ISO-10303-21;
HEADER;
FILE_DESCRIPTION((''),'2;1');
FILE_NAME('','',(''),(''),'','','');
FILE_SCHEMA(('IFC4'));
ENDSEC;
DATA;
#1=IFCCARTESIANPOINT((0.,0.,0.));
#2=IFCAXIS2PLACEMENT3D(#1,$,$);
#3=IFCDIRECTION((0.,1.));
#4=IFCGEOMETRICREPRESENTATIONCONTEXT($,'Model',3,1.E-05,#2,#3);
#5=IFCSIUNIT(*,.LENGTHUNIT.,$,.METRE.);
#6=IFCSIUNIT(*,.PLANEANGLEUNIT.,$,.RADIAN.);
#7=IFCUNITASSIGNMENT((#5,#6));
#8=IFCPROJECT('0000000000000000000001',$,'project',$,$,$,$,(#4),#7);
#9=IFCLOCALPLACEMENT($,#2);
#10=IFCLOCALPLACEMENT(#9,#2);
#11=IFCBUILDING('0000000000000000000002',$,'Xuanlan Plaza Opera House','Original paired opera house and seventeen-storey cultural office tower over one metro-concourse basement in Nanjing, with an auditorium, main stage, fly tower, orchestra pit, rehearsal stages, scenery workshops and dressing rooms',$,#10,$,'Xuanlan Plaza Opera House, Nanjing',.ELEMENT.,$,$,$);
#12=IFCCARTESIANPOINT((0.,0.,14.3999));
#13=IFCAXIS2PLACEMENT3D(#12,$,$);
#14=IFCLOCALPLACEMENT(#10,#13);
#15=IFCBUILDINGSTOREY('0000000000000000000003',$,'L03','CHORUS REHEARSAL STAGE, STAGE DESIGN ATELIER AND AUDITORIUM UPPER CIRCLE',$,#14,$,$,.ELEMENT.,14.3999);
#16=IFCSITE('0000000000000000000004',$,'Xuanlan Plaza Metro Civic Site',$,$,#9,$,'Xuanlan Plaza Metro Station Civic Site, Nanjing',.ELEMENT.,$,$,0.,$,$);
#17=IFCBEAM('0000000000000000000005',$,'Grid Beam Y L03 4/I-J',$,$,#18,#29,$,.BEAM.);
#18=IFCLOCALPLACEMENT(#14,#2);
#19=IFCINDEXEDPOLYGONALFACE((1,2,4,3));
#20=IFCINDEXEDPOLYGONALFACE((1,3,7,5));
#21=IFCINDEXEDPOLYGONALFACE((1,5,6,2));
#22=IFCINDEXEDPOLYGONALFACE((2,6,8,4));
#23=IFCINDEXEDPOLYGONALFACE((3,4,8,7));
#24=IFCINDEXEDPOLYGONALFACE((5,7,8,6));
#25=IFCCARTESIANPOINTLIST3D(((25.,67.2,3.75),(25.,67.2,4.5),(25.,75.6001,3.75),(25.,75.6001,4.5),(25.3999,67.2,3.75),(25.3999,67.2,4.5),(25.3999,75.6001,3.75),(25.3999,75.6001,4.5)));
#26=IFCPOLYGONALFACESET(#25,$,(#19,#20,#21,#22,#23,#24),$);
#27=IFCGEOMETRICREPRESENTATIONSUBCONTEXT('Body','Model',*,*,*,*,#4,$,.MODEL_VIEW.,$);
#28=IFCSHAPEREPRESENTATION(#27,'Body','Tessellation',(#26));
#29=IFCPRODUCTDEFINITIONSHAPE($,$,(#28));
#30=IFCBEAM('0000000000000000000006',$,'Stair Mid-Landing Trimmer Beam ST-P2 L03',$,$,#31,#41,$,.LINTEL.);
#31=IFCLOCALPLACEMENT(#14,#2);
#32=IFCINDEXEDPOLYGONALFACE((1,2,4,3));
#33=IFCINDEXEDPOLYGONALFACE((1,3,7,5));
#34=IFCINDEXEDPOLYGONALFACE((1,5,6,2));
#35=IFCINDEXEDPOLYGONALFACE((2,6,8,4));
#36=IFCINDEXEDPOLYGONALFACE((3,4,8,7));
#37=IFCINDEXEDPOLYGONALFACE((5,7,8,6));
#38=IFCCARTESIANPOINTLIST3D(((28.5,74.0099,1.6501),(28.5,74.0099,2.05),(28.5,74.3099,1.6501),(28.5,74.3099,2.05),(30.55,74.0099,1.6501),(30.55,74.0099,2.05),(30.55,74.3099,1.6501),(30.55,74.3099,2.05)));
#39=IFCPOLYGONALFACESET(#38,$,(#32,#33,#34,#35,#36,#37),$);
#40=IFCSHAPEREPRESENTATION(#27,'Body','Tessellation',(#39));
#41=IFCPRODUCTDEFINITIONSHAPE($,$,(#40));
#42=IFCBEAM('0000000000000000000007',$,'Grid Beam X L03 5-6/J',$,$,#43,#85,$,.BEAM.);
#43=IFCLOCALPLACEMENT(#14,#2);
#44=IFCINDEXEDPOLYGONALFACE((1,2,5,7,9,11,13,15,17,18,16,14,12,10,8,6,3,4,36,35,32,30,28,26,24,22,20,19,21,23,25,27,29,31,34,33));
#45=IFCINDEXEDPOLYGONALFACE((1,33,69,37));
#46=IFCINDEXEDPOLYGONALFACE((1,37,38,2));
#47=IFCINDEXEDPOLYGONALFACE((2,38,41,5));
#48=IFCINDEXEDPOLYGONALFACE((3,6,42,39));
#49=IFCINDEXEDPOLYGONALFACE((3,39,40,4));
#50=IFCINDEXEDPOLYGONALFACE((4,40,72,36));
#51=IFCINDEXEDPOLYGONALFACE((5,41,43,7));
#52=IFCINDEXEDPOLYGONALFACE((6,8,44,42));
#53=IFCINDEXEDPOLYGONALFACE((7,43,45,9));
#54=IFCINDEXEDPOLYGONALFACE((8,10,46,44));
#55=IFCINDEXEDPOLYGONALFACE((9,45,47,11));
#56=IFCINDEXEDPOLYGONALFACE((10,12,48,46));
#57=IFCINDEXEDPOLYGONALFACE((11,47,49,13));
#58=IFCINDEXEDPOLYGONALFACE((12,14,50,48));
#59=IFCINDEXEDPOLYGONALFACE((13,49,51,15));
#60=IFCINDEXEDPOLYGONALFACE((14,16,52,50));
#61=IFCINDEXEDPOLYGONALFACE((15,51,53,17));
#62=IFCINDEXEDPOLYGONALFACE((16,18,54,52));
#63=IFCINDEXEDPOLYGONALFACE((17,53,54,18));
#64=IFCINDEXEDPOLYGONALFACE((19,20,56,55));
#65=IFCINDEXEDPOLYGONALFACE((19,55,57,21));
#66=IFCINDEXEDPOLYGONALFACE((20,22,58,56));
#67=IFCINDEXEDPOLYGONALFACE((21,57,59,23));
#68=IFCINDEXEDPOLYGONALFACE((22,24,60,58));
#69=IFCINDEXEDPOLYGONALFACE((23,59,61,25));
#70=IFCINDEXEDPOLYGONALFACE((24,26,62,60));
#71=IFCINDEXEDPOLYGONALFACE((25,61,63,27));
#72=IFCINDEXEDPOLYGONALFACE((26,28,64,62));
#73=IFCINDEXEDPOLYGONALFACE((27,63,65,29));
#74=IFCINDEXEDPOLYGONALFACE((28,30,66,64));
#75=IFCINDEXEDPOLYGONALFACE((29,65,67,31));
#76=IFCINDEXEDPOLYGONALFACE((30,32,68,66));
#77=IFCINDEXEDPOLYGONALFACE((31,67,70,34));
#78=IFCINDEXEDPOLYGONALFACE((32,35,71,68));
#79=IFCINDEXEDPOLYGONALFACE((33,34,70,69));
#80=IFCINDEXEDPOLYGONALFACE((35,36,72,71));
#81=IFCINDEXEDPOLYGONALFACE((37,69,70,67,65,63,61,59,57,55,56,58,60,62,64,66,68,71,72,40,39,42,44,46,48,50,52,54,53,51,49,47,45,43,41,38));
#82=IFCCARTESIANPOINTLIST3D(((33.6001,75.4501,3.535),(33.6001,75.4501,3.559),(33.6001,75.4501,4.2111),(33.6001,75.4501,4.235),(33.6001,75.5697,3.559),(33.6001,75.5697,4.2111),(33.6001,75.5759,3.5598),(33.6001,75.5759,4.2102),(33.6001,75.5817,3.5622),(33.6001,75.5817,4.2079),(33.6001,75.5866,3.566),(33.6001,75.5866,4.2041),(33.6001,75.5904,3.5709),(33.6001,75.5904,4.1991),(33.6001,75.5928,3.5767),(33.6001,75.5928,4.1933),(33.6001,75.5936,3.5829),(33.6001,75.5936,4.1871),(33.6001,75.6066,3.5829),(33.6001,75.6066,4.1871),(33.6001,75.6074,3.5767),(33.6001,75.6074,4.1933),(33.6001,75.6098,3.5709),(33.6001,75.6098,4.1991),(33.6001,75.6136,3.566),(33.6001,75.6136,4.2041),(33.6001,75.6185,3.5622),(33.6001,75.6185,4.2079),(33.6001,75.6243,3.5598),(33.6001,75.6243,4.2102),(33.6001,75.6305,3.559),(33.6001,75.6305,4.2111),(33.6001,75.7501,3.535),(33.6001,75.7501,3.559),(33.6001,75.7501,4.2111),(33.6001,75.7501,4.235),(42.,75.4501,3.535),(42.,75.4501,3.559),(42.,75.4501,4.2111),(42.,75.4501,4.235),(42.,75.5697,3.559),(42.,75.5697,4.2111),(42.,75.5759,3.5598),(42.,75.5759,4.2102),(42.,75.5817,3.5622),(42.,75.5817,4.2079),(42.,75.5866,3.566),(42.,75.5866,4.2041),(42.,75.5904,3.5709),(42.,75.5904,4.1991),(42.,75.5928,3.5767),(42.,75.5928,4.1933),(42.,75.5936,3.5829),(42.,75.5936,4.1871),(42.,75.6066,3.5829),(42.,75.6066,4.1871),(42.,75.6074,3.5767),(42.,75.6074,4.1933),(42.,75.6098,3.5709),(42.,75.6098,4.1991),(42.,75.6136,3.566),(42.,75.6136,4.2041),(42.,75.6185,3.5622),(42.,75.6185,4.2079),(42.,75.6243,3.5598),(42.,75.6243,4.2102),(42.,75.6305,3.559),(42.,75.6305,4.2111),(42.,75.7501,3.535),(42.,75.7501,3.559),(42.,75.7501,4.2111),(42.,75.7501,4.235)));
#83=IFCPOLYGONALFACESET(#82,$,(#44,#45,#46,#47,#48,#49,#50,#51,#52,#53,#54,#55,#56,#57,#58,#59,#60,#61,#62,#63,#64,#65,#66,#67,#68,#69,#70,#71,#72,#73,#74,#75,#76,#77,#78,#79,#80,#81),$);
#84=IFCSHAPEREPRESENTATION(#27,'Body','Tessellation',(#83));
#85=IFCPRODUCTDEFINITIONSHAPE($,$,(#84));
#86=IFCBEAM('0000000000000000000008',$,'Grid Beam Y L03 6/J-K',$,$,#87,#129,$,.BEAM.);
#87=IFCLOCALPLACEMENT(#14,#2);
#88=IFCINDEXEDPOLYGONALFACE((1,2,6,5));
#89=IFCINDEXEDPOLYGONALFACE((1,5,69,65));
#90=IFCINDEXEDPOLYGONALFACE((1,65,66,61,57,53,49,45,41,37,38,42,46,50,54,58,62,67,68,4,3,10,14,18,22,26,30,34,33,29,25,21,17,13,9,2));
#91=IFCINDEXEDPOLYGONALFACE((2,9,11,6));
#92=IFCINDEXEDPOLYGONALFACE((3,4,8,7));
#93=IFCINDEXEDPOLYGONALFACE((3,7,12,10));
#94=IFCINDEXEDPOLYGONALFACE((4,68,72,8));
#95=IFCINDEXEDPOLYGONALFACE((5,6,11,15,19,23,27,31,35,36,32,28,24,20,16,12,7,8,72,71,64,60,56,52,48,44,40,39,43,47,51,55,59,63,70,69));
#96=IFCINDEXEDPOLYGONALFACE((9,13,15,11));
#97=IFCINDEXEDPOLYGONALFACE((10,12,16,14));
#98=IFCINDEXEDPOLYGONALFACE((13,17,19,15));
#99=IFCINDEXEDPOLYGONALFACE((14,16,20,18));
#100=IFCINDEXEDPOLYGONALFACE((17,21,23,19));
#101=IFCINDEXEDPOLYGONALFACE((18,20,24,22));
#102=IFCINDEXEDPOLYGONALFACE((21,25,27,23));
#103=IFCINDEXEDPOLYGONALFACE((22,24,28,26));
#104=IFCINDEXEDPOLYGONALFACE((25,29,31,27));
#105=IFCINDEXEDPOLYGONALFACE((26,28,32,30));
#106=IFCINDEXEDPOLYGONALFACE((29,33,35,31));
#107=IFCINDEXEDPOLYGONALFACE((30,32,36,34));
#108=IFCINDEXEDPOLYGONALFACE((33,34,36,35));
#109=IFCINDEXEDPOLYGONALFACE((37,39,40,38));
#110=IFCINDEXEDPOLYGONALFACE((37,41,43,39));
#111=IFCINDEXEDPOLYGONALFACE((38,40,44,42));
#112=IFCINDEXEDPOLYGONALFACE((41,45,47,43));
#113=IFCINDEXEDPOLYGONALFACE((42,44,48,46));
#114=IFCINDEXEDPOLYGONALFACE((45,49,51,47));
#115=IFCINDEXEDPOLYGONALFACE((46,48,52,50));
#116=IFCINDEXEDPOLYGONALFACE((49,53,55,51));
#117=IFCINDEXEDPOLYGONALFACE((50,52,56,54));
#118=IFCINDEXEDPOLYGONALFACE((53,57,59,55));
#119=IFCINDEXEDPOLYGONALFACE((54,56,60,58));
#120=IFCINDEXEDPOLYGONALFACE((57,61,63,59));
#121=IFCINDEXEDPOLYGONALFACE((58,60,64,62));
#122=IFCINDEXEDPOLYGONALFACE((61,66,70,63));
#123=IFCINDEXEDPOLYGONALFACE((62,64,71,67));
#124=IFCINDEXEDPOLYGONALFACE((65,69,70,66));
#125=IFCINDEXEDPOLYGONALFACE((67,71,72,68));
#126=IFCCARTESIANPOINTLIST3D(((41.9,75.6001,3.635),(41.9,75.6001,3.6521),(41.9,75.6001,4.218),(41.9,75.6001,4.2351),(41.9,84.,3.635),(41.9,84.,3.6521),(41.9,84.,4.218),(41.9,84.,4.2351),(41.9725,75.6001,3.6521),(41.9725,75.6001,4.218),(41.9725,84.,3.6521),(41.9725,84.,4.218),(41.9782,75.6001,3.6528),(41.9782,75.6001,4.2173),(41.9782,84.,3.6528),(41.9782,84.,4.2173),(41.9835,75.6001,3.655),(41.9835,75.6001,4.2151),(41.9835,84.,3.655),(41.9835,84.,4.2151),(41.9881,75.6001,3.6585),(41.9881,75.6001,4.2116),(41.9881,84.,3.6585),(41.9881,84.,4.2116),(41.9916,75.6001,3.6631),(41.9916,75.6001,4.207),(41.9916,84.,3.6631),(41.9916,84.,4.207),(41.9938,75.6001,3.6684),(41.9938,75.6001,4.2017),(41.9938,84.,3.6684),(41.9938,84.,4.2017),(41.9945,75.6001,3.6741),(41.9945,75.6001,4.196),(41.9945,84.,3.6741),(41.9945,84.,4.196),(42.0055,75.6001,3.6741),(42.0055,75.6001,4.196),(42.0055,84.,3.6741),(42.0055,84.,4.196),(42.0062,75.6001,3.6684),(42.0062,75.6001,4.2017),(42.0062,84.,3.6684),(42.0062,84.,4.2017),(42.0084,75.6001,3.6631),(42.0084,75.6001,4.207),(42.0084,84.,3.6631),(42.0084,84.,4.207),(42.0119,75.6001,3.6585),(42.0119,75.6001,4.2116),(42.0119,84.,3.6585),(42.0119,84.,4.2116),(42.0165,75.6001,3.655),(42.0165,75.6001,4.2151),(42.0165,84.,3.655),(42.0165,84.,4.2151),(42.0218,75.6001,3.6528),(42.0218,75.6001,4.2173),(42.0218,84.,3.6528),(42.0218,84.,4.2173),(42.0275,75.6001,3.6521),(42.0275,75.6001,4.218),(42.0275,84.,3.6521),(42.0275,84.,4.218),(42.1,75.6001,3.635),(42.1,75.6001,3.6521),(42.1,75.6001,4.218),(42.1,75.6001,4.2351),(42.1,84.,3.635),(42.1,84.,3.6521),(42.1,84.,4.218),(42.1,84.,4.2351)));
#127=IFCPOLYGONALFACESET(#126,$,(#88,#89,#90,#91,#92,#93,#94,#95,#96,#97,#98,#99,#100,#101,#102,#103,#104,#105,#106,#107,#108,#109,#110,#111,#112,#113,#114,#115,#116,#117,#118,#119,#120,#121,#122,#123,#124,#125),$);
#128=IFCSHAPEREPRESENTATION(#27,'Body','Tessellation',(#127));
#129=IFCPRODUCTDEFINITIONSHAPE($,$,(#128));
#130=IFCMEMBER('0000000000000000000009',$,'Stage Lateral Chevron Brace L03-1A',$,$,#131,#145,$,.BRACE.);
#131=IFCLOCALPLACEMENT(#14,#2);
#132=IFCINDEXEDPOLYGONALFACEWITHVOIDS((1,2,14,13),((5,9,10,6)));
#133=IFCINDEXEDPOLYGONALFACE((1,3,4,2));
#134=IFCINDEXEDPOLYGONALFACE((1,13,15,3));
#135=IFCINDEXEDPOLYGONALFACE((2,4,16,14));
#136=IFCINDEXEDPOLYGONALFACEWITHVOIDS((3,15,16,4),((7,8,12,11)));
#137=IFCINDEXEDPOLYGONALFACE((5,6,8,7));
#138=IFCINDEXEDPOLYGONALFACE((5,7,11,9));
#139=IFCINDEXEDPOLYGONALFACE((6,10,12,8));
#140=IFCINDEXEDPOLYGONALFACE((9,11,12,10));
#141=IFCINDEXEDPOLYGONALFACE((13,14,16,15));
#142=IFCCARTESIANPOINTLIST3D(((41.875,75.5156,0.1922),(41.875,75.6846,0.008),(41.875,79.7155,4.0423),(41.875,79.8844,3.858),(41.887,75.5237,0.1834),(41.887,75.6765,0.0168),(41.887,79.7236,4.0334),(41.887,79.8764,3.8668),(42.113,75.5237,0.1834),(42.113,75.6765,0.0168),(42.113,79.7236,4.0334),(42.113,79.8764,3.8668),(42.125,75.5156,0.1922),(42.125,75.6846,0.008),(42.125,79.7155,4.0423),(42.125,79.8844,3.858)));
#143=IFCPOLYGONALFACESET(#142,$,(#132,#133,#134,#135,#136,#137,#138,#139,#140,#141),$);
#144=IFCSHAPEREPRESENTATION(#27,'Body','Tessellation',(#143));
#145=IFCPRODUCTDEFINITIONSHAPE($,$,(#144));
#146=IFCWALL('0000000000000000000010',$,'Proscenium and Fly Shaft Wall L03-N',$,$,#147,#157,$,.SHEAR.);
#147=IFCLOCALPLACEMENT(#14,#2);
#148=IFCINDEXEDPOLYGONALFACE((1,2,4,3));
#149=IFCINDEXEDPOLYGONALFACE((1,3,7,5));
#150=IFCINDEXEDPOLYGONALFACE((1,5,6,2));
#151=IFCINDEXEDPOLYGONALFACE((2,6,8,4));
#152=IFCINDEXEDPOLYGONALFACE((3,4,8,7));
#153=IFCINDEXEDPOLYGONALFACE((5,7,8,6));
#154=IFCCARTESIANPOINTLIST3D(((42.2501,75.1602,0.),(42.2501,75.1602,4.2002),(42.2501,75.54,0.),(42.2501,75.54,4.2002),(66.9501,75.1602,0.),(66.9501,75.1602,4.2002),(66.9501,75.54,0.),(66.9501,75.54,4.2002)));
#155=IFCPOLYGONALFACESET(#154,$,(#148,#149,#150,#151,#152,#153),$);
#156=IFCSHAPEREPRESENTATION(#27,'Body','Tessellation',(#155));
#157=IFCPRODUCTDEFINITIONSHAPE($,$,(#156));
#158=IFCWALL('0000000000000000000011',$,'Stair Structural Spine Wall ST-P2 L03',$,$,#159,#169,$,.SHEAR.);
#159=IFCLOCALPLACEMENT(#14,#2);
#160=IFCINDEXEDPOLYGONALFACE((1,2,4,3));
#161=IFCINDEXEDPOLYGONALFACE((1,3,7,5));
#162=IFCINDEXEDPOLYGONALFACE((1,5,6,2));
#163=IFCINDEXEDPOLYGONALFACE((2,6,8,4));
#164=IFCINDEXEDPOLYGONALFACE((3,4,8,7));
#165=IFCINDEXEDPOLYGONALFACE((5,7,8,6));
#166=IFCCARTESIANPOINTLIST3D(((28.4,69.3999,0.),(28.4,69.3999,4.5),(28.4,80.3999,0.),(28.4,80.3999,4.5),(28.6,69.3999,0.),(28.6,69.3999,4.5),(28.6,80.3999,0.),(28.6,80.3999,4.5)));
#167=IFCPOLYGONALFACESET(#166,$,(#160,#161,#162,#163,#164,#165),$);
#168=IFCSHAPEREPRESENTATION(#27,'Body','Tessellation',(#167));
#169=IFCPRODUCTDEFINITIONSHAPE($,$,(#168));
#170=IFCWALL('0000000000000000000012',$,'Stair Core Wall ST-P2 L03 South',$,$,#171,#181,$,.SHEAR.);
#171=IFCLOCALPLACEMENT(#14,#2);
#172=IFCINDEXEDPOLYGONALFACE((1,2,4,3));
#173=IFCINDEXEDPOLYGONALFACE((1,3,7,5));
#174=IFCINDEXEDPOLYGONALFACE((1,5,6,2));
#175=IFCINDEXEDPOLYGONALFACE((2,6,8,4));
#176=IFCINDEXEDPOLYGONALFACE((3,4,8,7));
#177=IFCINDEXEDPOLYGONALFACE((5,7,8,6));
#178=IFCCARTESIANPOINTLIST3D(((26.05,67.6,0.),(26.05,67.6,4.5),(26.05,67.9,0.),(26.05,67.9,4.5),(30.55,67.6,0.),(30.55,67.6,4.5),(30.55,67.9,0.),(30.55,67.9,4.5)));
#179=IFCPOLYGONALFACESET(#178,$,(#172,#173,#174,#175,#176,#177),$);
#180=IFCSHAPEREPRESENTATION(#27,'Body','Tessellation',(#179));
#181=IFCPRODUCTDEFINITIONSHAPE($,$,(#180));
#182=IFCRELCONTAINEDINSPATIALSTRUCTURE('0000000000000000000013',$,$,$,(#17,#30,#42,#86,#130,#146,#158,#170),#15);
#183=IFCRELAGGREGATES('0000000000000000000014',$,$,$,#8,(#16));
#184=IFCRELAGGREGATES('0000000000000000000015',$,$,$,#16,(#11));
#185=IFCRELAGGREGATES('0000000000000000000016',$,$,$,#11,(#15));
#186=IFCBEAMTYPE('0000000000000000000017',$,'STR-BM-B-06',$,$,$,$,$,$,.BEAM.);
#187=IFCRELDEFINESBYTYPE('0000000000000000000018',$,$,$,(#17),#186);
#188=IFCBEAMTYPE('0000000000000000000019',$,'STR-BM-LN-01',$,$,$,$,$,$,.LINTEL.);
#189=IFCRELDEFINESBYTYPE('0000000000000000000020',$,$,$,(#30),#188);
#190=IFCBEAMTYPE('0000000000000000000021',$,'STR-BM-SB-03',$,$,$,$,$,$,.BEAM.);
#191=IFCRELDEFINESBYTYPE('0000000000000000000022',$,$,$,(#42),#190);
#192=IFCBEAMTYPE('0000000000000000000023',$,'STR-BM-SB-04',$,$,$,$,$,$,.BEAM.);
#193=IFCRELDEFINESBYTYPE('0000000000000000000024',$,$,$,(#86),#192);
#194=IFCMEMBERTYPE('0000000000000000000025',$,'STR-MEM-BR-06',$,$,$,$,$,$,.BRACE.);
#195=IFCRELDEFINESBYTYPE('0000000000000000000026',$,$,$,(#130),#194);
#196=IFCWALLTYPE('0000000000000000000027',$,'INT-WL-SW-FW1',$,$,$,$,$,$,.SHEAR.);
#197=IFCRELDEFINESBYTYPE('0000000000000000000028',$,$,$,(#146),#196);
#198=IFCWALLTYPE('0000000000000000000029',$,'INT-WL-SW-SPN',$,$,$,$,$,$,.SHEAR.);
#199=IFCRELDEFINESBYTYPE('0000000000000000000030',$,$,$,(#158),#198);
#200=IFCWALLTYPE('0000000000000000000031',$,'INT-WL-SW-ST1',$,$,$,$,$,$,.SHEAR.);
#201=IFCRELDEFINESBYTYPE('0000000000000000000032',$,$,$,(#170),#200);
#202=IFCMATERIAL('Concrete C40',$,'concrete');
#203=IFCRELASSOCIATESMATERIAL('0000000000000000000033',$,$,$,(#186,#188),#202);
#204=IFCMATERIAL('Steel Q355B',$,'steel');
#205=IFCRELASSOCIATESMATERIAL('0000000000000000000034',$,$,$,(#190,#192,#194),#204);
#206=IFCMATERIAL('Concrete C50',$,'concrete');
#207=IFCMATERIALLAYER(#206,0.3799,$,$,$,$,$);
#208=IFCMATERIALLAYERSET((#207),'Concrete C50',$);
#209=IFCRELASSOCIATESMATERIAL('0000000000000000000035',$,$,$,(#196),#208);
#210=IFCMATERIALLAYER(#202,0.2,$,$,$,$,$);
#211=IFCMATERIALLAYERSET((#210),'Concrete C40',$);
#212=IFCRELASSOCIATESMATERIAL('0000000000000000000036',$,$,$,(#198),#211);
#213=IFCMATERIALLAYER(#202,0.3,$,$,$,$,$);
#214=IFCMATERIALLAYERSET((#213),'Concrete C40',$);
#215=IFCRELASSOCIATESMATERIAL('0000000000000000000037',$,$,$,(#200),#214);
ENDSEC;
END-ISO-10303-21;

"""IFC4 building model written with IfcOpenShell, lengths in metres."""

from ifc_helpers import new_model, si_unit, direction, frame, frame_2d, origin, origin_2d, place, context, subcontext, project, spatial, rectangle, hollow_rectangle, i_section, extrude, material, layer, layer_set, material_profile, profile_set, type_object, element, save


model = new_model("IFC4")

# Units and contexts
model_context = context("Model", 3, precision=1e-05, world=origin(), true_north=direction((0.0, 1.0)))
body_context = subcontext(model_context, "Body", "Model", "MODEL_VIEW")
ifc_project = project(units=[si_unit("LENGTHUNIT", "METRE"), si_unit("PLANEANGLEUNIT", "RADIAN")], contexts=[model_context])

# Site, building, storey
site_placement = place(None, origin())
site = spatial("IfcSite", under=ifc_project, at=site_placement, Name="Xuanlan Plaza Metro Civic Site", LongName="Xuanlan Plaza Metro Station Civic Site, Nanjing", CompositionType="ELEMENT", RefElevation=0.0)
building_placement = place(site_placement, origin())
building = spatial("IfcBuilding", under=site, at=building_placement, Name="Xuanlan Plaza Opera House", Description="Original paired opera house and seventeen-storey cultural office tower over one metro-concourse basement in Nanjing, with an auditorium, main stage, fly tower, orchestra pit, rehearsal stages, scenery workshops and dressing rooms", LongName="Xuanlan Plaza Opera House, Nanjing", CompositionType="ELEMENT")
storey_placement = place(building_placement, frame((0.0, 0.0, 14.3999)))
storey = spatial("IfcBuildingStorey", under=building, at=storey_placement, Name="L03", Description="CHORUS REHEARSAL STAGE, STAGE DESIGN ATELIER AND AUDITORIUM UPPER CIRCLE", CompositionType="ELEMENT", Elevation=14.3999)

# Shared definitions
ifc_material_1 = material(Name="Concrete C40", Category="concrete")

# Beams
ifc_material_2 = material(Name="Concrete C50", Category="concrete")
ifc_material_profile_1 = material_profile(ifc_material_1, rectangle(XDim=0.3999, YDim=0.75, at=origin_2d()), Name="RC-BM 400x750")
ifc_profile_set_1 = profile_set([ifc_material_profile_1], Name="Concrete C40")
beam_type_1 = type_object("IfcBeamType", Name="STR-BM-B-06", PredefinedType="BEAM", material=ifc_profile_set_1)
beam_1_placement = place(storey_placement, frame((25.2, 67.2, 4.125), z_axis=(0.0, 1.0, 0.0), x_axis=(-1.0, 0.0, 0.0)))
element("IfcBeam", 1, at=beam_1_placement, inside=storey, type_object=beam_type_1, Name="Grid Beam Y L03 4/I-J", PredefinedType="BEAM", context=body_context, shape_type="SweptSolid", body=[
    extrude(rectangle(XDim=0.3999, YDim=0.75, at=origin_2d()), origin(), (0.0, 0.0, 1.0), 8.4001),
])
ifc_material_profile_2 = material_profile(ifc_material_1, rectangle(XDim=0.3, YDim=0.3999, at=origin_2d()), Name="RC-LNT 300x400")
ifc_profile_set_2 = profile_set([ifc_material_profile_2], Name="Concrete C40")
beam_type_2 = type_object("IfcBeamType", Name="STR-BM-LN-01", PredefinedType="LINTEL", material=ifc_profile_set_2)
beam_2_placement = place(storey_placement, frame((28.5, 74.1599, 1.8501), z_axis=(1.0, 0.0, 0.0), x_axis=(0.0, 1.0, 0.0)))
element("IfcBeam", 2, at=beam_2_placement, inside=storey, type_object=beam_type_2, Name="Stair Mid-Landing Trimmer Beam ST-P2 L03", PredefinedType="LINTEL", context=body_context, shape_type="SweptSolid", body=[
    extrude(rectangle(XDim=0.3, YDim=0.3999, at=origin_2d()), origin(), (0.0, 0.0, 1.0), 2.05),
])
ifc_material_3 = material(Name="Steel Q355B", Category="steel")
ifc_material_profile_3 = material_profile(ifc_material_3, i_section(OverallWidth=0.3, OverallDepth=0.7, WebThickness=0.0129, FlangeThickness=0.0239, FilletRadius=0.0239, at=origin_2d()), Name="HN 700x300x13x24")
ifc_profile_set_3 = profile_set([ifc_material_profile_3], Name="Steel Q355B")
beam_type_3 = type_object("IfcBeamType", Name="STR-BM-SB-03", PredefinedType="BEAM", material=ifc_profile_set_3)
beam_3_placement = place(storey_placement, frame((33.6001, 75.6001, 3.885), z_axis=(1.0, 0.0, 0.0), x_axis=(0.0, 1.0, 0.0)))
element("IfcBeam", 3, at=beam_3_placement, inside=storey, type_object=beam_type_3, Name="Grid Beam X L03 5-6/J", PredefinedType="BEAM", context=body_context, shape_type="SweptSolid", body=[
    extrude(i_section(OverallWidth=0.3, OverallDepth=0.7, WebThickness=0.0129, FlangeThickness=0.0239, FilletRadius=0.0239, at=origin_2d()), origin(), (0.0, 0.0, 1.0), 8.3999),
])
ifc_material_profile_4 = material_profile(ifc_material_3, i_section(OverallWidth=0.2, OverallDepth=0.6001, WebThickness=0.011, FlangeThickness=0.0171, FilletRadius=0.022, at=origin_2d()), Name="HN 600x200x11x17")
ifc_profile_set_4 = profile_set([ifc_material_profile_4], Name="Steel Q355B")
beam_type_4 = type_object("IfcBeamType", Name="STR-BM-SB-04", PredefinedType="BEAM", material=ifc_profile_set_4)
beam_4_placement = place(storey_placement, frame((42.0, 75.6001, 3.9351), z_axis=(0.0, 1.0, 0.0), x_axis=(-1.0, 0.0, 0.0)))
element("IfcBeam", 4, at=beam_4_placement, inside=storey, type_object=beam_type_4, Name="Grid Beam Y L03 6/J-K", PredefinedType="BEAM", context=body_context, shape_type="SweptSolid", body=[
    extrude(i_section(OverallWidth=0.2, OverallDepth=0.6001, WebThickness=0.011, FlangeThickness=0.0171, FilletRadius=0.022, at=origin_2d()), origin(), (0.0, 0.0, 1.0), 8.3999),
])

# Member
ifc_material_profile_5 = material_profile(ifc_material_3, hollow_rectangle(XDim=0.25, YDim=0.25, WallThickness=0.012, at=origin_2d()), Name="SHS 250x250x12")
ifc_profile_set_5 = profile_set([ifc_material_profile_5], Name="Steel Q355B")
member_type = type_object("IfcMemberType", Name="STR-MEM-BR-06", PredefinedType="BRACE", material=ifc_profile_set_5)
member_placement = place(storey_placement, frame((42.0, 75.6001, 0.1001), z_axis=(0.0, 0.737142, 0.675738), x_axis=(-1.0, 0.0, 0.0)))
element("IfcMember", 5, at=member_placement, inside=storey, type_object=member_type, Name="Stage Lateral Chevron Brace L03-1A", PredefinedType="BRACE", context=body_context, shape_type="SweptSolid", body=[
    extrude(hollow_rectangle(XDim=0.25, YDim=0.25, WallThickness=0.012, at=origin_2d()), origin(), (0.0, 0.0, 1.0), 5.6975),
])

# Walls
ifc_layer_1 = layer(ifc_material_2, 0.3799)
ifc_layer_set_1 = layer_set([ifc_layer_1], Name="Concrete C50")
wall_type_1 = type_object("IfcWallType", Name="INT-WL-SW-FW1", PredefinedType="SHEAR", material=ifc_layer_set_1)
wall_1_placement = place(storey_placement, frame((42.25, 75.3501, 0.0), z_axis=(0.0, 0.0, 1.0), x_axis=(1.0, 0.0, 0.0)))
element("IfcWall", 6, at=wall_1_placement, inside=storey, type_object=wall_type_1, Name="Proscenium and Fly Shaft Wall L03-N", PredefinedType="SHEAR", context=body_context, shape_type="SweptSolid", body=[
    extrude(rectangle(XDim=24.7, YDim=0.3799, at=frame_2d((12.3501, 0.0))), origin(), (0.0, 0.0, 1.0), 4.2002),
])
ifc_layer_2 = layer(ifc_material_1, 0.2)
ifc_layer_set_2 = layer_set([ifc_layer_2], Name="Concrete C40")
wall_type_2 = type_object("IfcWallType", Name="INT-WL-SW-SPN", PredefinedType="SHEAR", material=ifc_layer_set_2)
wall_2_placement = place(storey_placement, frame((28.5, 69.3999, 0.0), z_axis=(0.0, 0.0, 1.0), x_axis=(0.0, 1.0, 0.0)))
element("IfcWall", 7, at=wall_2_placement, inside=storey, type_object=wall_type_2, Name="Stair Structural Spine Wall ST-P2 L03", PredefinedType="SHEAR", context=body_context, shape_type="SweptSolid", body=[
    extrude(rectangle(XDim=11.0, YDim=0.2, at=frame_2d((5.5, 0.0))), origin(), (0.0, 0.0, 1.0), 4.5),
])
ifc_layer_3 = layer(ifc_material_1, 0.3)
ifc_layer_set_3 = layer_set([ifc_layer_3], Name="Concrete C40")
wall_type_3 = type_object("IfcWallType", Name="INT-WL-SW-ST1", PredefinedType="SHEAR", material=ifc_layer_set_3)
for number, where, z_axis, x_axis, name in (
    (8, (26.05, 67.75, 0.0), (0.0, 0.0, 1.0), (1.0, 0.0, 0.0), "Stair Core Wall ST-P2 L03 South"),
):
    element("IfcWall", number, at=place(storey_placement, frame(where, z_axis=z_axis, x_axis=x_axis)), inside=storey, type_object=wall_type_3, Name=name, PredefinedType="SHEAR", context=body_context, shape_type="SweptSolid", body=[
        extrude(rectangle(XDim=4.5, YDim=0.3, at=frame_2d((2.25, 0.0))), origin(), (0.0, 0.0, 1.0), 4.5),
    ])

save(model, "model.ifc")
